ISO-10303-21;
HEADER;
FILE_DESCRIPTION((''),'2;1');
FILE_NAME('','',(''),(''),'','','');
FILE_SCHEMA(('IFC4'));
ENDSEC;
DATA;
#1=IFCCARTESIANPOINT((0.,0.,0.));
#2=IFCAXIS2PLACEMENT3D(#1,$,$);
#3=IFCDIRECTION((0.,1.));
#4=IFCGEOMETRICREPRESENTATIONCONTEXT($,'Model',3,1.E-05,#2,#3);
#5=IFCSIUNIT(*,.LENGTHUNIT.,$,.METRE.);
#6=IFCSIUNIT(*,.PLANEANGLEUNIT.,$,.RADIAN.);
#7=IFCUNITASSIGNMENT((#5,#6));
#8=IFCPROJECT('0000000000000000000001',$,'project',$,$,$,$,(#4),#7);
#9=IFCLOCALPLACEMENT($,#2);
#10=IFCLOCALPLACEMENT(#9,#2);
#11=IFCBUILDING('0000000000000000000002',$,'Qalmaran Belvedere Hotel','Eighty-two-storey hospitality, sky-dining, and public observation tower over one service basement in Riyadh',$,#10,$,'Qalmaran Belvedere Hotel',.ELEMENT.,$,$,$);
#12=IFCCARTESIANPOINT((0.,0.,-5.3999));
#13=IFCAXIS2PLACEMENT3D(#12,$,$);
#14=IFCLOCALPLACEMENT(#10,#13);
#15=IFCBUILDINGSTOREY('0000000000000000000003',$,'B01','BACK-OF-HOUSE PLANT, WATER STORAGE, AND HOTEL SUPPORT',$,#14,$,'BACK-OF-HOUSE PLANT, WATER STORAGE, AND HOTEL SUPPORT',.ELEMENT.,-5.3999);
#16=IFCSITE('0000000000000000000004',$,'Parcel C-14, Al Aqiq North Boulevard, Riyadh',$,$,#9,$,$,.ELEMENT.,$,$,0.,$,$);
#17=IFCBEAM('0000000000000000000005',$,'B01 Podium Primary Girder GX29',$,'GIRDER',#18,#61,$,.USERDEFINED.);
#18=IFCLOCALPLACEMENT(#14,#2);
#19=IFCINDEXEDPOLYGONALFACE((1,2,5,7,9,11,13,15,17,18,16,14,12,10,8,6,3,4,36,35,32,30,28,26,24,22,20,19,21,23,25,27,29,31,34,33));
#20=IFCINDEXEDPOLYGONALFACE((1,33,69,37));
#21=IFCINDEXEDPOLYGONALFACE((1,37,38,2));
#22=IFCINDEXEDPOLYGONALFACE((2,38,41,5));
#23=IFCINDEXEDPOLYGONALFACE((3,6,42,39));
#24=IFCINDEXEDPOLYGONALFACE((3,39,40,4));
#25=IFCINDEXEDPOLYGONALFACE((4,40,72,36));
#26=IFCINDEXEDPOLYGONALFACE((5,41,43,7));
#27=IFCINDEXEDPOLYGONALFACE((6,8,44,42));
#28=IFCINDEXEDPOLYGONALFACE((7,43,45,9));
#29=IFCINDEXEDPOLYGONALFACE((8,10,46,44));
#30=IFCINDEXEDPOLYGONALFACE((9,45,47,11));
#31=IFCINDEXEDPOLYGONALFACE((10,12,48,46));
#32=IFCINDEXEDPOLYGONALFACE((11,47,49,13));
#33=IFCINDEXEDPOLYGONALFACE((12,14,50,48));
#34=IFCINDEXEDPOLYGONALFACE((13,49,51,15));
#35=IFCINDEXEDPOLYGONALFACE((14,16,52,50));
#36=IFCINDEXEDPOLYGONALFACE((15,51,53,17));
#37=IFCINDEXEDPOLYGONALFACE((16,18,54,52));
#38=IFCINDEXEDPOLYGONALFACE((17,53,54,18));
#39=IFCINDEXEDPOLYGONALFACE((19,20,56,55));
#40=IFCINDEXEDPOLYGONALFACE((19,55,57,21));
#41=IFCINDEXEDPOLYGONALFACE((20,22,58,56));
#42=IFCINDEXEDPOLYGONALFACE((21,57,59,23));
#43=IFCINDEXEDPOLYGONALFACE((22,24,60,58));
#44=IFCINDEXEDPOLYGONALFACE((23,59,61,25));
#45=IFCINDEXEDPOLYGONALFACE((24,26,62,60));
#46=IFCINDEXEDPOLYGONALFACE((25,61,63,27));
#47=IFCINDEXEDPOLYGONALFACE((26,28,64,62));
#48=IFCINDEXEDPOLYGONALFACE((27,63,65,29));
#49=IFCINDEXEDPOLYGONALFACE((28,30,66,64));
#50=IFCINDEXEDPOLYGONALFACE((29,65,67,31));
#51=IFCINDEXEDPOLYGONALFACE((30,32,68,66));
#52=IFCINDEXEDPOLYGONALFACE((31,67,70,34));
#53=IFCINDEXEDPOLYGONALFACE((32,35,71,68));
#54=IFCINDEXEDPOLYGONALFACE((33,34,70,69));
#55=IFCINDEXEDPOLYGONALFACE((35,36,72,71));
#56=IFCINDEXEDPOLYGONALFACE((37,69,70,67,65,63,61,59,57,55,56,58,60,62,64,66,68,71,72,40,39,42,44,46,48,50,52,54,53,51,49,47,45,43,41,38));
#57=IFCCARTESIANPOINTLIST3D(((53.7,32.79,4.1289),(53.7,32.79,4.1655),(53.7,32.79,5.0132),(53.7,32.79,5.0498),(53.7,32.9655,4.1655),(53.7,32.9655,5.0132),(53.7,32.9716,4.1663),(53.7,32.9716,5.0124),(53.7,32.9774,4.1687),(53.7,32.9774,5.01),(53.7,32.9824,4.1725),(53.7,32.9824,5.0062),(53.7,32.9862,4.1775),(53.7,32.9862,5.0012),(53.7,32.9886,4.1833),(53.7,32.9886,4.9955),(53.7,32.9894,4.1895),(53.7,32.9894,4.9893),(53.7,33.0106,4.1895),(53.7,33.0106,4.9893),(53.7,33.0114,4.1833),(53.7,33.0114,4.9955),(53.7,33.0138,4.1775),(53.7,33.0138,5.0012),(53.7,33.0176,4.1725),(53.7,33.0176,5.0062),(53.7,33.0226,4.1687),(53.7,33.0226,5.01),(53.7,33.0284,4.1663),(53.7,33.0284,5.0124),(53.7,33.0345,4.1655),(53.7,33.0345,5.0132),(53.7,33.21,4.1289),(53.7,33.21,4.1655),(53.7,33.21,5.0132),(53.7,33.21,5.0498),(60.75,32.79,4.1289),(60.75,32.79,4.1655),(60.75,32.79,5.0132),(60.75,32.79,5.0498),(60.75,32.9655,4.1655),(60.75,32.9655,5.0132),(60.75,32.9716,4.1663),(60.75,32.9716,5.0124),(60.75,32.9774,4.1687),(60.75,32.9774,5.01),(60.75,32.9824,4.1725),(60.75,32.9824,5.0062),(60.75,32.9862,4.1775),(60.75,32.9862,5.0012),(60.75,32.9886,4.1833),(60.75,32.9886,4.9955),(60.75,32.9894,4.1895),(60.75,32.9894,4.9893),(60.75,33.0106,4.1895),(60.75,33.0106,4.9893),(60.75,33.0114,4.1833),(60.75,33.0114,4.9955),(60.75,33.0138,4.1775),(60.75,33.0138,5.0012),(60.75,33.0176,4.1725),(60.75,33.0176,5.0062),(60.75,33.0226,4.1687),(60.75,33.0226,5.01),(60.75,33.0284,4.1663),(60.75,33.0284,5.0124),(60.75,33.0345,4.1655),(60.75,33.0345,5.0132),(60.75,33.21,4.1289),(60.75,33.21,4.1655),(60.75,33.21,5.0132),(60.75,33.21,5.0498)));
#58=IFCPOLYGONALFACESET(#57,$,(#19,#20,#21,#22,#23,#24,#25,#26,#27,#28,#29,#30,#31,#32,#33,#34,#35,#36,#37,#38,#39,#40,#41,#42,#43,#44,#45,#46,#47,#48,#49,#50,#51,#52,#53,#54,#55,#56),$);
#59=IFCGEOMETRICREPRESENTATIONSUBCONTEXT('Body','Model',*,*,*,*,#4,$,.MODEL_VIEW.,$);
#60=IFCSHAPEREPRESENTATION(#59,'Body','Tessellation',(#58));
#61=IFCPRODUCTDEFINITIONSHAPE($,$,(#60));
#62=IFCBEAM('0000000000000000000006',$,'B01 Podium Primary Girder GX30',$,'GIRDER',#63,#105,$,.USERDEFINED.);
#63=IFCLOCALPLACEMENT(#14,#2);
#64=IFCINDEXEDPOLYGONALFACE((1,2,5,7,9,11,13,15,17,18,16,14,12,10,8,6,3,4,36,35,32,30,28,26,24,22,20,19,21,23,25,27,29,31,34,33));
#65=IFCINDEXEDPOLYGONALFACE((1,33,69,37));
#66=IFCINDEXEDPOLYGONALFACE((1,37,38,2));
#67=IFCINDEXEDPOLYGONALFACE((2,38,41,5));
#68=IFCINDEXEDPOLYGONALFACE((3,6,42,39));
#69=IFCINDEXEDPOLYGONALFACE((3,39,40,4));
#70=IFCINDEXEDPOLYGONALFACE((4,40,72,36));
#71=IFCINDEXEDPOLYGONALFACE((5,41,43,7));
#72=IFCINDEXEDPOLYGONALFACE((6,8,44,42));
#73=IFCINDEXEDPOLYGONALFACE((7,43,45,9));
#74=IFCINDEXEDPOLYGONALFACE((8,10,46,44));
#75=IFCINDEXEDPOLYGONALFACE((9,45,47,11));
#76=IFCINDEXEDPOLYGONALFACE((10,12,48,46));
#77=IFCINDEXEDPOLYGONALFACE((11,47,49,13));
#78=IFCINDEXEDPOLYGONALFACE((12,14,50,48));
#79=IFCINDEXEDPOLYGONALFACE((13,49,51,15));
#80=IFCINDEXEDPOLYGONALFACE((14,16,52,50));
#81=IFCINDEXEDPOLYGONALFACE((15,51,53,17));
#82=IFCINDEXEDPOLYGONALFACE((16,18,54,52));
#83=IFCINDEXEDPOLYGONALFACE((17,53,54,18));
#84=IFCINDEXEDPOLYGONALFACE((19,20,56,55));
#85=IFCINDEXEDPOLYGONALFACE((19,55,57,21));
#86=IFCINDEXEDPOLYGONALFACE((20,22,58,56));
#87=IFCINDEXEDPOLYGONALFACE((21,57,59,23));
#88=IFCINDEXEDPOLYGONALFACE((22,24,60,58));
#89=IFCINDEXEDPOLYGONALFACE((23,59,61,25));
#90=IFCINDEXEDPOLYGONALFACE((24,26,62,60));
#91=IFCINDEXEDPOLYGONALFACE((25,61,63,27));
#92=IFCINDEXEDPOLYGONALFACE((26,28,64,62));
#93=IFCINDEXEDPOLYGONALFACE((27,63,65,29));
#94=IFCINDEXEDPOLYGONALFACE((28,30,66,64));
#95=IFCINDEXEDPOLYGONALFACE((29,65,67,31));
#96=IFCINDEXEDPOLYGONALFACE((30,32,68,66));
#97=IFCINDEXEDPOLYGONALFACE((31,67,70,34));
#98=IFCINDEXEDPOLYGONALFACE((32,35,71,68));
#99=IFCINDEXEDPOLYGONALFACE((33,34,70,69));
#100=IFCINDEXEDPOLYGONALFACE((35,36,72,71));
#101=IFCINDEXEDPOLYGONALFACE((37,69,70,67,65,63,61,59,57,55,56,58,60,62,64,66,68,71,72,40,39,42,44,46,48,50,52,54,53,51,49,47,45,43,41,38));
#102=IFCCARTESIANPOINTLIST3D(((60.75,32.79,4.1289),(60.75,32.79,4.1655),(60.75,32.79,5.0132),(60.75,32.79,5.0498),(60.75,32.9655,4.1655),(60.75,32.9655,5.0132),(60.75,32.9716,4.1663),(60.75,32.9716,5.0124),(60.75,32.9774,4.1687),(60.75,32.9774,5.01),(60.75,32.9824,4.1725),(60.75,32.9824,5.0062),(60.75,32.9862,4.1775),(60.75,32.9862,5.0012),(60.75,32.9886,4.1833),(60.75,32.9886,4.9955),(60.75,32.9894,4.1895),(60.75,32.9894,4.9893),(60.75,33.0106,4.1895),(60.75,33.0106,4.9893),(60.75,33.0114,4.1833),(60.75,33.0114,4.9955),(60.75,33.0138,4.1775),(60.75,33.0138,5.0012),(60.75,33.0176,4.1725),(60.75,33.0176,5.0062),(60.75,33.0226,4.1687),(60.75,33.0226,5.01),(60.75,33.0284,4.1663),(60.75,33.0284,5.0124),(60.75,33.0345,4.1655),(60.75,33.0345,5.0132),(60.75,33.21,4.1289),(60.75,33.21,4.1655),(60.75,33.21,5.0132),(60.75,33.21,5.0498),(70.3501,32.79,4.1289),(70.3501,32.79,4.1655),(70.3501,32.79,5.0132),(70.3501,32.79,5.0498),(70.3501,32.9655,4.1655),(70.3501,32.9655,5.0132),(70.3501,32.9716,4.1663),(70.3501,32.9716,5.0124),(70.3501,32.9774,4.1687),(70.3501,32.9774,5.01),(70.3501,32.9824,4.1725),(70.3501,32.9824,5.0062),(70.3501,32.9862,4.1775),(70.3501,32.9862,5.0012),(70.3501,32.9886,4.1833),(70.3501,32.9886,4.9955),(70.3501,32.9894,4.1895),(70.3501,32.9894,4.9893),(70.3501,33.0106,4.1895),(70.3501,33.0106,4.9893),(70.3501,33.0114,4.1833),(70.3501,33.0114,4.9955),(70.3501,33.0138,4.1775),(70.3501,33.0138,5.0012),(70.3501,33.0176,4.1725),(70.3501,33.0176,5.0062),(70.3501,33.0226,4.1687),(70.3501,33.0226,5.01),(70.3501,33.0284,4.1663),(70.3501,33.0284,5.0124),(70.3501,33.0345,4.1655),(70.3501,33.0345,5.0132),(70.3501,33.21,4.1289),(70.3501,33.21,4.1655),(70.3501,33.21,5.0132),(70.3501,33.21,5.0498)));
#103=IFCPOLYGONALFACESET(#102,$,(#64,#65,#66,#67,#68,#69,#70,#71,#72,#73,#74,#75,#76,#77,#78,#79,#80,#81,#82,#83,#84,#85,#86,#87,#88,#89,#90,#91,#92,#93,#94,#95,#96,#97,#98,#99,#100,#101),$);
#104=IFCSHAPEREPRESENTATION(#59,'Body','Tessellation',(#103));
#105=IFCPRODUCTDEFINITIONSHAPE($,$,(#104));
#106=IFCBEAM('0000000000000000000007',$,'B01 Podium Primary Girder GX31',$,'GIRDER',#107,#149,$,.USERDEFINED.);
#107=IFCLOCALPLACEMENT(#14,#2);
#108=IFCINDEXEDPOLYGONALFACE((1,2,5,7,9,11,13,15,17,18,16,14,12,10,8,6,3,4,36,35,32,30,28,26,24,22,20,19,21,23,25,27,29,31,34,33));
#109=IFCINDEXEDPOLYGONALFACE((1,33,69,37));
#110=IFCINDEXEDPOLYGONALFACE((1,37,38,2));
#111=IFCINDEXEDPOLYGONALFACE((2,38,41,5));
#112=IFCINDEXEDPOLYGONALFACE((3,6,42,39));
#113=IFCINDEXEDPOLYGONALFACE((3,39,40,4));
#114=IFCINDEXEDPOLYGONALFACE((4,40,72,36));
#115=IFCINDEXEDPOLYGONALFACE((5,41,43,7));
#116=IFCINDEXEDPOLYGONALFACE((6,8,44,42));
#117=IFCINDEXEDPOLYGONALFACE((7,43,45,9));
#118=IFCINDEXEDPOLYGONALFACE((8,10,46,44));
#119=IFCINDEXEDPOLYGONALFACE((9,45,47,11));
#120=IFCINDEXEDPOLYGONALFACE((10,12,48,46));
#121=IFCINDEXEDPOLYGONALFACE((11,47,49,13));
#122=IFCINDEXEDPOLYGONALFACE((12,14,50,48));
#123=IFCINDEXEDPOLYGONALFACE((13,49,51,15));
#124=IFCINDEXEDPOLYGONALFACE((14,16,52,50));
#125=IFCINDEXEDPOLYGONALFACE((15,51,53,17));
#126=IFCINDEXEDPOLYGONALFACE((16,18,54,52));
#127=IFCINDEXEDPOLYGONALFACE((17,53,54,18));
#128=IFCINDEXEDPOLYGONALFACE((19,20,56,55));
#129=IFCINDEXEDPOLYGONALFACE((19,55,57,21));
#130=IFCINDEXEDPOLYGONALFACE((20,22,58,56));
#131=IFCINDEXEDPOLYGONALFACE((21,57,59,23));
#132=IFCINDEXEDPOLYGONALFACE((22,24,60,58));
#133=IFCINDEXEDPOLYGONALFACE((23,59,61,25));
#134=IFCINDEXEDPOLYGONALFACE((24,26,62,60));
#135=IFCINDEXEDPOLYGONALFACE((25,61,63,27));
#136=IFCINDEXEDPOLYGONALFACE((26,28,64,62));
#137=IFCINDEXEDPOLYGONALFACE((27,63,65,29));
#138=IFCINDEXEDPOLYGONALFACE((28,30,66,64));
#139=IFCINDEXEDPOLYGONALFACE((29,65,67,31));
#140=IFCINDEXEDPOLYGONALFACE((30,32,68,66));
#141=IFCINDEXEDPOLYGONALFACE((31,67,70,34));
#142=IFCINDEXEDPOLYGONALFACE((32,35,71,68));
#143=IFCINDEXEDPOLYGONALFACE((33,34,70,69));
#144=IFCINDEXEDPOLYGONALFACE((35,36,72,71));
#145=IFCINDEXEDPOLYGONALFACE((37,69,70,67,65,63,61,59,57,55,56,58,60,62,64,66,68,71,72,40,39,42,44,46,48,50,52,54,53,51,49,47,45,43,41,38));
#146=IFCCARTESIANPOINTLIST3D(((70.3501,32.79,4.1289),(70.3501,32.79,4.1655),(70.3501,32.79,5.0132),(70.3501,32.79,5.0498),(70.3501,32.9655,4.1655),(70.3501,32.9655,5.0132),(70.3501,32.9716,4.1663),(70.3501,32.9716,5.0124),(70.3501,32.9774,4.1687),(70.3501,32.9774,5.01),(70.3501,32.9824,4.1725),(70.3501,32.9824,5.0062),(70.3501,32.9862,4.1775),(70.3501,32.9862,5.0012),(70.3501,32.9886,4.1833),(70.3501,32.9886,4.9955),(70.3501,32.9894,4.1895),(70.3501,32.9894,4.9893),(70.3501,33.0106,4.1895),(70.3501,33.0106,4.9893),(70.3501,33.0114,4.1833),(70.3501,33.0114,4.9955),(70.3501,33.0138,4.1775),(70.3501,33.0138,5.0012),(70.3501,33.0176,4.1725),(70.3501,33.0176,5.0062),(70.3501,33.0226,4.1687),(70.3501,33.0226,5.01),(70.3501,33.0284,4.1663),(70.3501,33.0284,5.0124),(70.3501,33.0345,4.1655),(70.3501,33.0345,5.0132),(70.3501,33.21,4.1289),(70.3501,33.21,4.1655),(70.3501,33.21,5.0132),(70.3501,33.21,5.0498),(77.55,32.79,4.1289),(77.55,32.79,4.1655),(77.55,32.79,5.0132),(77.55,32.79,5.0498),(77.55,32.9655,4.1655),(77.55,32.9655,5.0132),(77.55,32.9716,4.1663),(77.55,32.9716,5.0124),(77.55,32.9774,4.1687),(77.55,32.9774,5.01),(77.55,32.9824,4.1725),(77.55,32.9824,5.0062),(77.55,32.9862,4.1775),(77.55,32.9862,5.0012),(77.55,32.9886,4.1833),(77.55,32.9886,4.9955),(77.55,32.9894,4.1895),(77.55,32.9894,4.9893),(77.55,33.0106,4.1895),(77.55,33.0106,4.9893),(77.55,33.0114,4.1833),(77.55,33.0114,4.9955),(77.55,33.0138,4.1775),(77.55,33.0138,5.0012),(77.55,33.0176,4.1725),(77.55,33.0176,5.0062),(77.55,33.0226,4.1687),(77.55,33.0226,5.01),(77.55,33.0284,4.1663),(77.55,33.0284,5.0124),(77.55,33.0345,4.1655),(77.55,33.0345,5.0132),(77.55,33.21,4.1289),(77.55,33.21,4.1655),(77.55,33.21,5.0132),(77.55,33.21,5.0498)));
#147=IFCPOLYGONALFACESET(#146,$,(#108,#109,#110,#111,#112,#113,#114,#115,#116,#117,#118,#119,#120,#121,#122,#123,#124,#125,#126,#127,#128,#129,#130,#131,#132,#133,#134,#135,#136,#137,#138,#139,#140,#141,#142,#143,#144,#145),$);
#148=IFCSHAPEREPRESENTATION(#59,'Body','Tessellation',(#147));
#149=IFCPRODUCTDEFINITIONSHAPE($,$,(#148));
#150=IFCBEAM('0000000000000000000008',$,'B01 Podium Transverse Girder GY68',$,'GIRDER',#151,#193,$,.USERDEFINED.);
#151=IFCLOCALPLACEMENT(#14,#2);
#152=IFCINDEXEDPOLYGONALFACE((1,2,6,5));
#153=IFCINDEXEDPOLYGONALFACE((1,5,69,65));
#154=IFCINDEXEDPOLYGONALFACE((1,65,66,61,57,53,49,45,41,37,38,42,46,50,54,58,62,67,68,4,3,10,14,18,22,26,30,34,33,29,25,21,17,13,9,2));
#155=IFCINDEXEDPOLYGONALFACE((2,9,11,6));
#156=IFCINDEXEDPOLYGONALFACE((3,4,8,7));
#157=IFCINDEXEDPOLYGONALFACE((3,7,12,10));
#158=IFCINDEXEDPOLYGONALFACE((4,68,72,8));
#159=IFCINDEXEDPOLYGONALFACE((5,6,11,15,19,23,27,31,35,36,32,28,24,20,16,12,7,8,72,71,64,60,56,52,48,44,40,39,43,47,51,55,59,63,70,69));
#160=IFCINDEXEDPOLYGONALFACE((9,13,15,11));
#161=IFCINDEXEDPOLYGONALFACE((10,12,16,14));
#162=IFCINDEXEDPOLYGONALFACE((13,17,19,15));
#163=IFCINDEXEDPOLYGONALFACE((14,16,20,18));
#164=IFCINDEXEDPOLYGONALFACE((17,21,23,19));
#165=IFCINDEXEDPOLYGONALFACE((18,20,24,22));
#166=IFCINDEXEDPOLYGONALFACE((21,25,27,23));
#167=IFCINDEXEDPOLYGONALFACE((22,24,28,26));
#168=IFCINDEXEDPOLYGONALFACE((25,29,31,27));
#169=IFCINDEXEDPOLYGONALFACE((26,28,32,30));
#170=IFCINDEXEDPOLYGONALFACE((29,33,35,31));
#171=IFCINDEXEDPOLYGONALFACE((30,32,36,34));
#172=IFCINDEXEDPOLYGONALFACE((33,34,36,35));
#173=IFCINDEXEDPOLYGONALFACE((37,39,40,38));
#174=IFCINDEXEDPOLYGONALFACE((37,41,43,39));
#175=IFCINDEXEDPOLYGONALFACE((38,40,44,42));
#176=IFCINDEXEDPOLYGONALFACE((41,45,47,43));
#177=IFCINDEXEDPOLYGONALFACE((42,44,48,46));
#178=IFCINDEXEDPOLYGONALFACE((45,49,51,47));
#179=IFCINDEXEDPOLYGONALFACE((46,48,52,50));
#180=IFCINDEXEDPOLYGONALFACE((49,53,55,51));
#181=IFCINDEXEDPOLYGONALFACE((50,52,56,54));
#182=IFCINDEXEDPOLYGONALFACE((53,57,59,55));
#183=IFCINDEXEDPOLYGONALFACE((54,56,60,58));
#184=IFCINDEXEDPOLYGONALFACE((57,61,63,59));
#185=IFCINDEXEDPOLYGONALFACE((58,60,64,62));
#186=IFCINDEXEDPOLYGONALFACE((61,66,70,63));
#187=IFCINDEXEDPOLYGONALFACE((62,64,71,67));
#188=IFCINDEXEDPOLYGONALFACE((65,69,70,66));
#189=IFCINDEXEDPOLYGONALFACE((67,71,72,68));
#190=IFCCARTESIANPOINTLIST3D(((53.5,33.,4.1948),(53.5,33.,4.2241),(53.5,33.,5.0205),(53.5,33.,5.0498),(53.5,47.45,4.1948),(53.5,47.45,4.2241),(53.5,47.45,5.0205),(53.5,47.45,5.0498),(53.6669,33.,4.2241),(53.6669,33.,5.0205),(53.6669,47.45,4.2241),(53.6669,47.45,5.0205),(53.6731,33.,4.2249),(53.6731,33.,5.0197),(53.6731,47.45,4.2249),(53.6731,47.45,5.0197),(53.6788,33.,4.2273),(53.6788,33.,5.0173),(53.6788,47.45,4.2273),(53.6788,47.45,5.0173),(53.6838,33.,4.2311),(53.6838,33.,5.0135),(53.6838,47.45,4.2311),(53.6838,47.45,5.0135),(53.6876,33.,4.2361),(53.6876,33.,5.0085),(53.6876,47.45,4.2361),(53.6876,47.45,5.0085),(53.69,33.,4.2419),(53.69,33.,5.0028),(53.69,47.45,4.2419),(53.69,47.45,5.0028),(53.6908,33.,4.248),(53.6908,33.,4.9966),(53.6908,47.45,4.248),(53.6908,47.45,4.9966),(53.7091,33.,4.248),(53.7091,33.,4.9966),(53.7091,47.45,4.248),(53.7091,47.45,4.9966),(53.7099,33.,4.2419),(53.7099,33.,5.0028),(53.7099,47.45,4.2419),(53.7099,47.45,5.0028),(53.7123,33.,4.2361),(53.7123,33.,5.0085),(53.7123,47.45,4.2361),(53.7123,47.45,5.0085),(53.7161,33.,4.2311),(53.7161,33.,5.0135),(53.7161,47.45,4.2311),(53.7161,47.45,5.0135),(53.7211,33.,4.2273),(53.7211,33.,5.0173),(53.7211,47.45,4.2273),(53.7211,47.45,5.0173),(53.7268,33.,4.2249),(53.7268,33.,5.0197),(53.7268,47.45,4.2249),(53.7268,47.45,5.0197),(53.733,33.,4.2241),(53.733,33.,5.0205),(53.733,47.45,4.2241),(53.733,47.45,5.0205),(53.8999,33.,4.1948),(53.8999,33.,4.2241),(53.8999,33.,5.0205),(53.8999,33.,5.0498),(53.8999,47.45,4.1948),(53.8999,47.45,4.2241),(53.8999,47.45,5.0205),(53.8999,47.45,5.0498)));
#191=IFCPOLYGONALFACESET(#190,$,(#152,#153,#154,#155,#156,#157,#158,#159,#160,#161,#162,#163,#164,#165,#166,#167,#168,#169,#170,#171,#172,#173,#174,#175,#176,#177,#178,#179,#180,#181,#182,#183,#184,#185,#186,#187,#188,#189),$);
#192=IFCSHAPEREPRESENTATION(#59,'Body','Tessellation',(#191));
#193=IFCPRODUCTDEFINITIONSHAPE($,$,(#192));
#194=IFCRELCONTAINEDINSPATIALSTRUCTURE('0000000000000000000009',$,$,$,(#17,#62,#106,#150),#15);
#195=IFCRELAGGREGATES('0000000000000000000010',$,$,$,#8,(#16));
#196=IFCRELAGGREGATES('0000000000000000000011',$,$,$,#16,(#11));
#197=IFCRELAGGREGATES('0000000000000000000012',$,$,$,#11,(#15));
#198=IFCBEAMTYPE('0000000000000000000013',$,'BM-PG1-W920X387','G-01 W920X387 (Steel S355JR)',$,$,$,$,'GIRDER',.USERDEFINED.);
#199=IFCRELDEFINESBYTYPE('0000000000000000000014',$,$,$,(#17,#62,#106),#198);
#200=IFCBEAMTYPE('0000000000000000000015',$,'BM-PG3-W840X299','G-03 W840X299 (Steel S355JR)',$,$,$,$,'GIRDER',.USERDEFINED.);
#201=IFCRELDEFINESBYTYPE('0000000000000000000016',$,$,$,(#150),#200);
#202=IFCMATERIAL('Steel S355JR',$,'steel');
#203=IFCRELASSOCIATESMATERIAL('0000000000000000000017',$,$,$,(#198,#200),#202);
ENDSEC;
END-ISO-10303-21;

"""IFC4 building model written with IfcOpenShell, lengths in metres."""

from ifc_helpers import new_model, si_unit, direction, frame, origin, origin_2d, place, context, subcontext, project, spatial, i_section, extrude, material, material_profile, profile_set, type_object, element, save


model = new_model("IFC4")

# Units and contexts
model_context = context("Model", 3, precision=1e-05, world=origin(), true_north=direction((0.0, 1.0)))
body_context = subcontext(model_context, "Body", "Model", "MODEL_VIEW")
ifc_project = project(units=[si_unit("LENGTHUNIT", "METRE"), si_unit("PLANEANGLEUNIT", "RADIAN")], contexts=[model_context])

# Site, building, storey
site_placement = place(None, origin())
site = spatial("IfcSite", under=ifc_project, at=site_placement, Name="Parcel C-14, Al Aqiq North Boulevard, Riyadh", CompositionType="ELEMENT", RefElevation=0.0)
building_placement = place(site_placement, origin())
building = spatial("IfcBuilding", under=site, at=building_placement, Name="Qalmaran Belvedere Hotel", Description="Eighty-two-storey hospitality, sky-dining, and public observation tower over one service basement in Riyadh", LongName="Qalmaran Belvedere Hotel", CompositionType="ELEMENT")
storey_placement = place(building_placement, frame((0.0, 0.0, -5.3999)))
storey = spatial("IfcBuildingStorey", under=building, at=storey_placement, Name="B01", Description="BACK-OF-HOUSE PLANT, WATER STORAGE, AND HOTEL SUPPORT", LongName="BACK-OF-HOUSE PLANT, WATER STORAGE, AND HOTEL SUPPORT", CompositionType="ELEMENT", Elevation=-5.3999)

# Beams
ifc_material_1 = material(Name="Steel S355JR", Category="steel")
ifc_material_profile_1 = material_profile(ifc_material_1, i_section(OverallWidth=0.4199, OverallDepth=0.9209, WebThickness=0.0212, FlangeThickness=0.0366, FilletRadius=0.0239, at=origin_2d()), Name="W920X387")
ifc_profile_set_1 = profile_set([ifc_material_profile_1], Name="Steel S355JR")
beam_type_1 = type_object("IfcBeamType", Name="BM-PG1-W920X387", Description="G-01 W920X387 (Steel S355JR)", ElementType="GIRDER", PredefinedType="USERDEFINED", material=ifc_profile_set_1)
beam_1_placement = place(storey_placement, frame((53.7, 33.0, 4.5894), z_axis=(1.0, 0.0, 0.0), x_axis=(0.0, 1.0, 0.0)))
element("IfcBeam", 1, at=beam_1_placement, inside=storey, type_object=beam_type_1, Name="B01 Podium Primary Girder GX29", ObjectType="GIRDER", PredefinedType="USERDEFINED", context=body_context, shape_type="SweptSolid", body=[
    extrude(i_section(OverallWidth=0.4199, OverallDepth=0.9209, WebThickness=0.0212, FlangeThickness=0.0366, FilletRadius=0.0239, at=origin_2d()), origin(), (0.0, 0.0, 1.0), 7.05),
])
beam_2_placement = place(storey_placement, frame((60.75, 33.0, 4.5894), z_axis=(1.0, 0.0, 0.0), x_axis=(0.0, 1.0, 0.0)))
element("IfcBeam", 2, at=beam_2_placement, inside=storey, type_object=beam_type_1, Name="B01 Podium Primary Girder GX30", ObjectType="GIRDER", PredefinedType="USERDEFINED", context=body_context, shape_type="SweptSolid", body=[
    extrude(i_section(OverallWidth=0.4199, OverallDepth=0.9209, WebThickness=0.0212, FlangeThickness=0.0366, FilletRadius=0.0239, at=origin_2d()), origin(), (0.0, 0.0, 1.0), 9.6001),
])
beam_3_placement = place(storey_placement, frame((70.3501, 33.0, 4.5894), z_axis=(1.0, 0.0, 0.0), x_axis=(0.0, 1.0, 0.0)))
element("IfcBeam", 3, at=beam_3_placement, inside=storey, type_object=beam_type_1, Name="B01 Podium Primary Girder GX31", ObjectType="GIRDER", PredefinedType="USERDEFINED", context=body_context, shape_type="SweptSolid", body=[
    extrude(i_section(OverallWidth=0.4199, OverallDepth=0.9209, WebThickness=0.0212, FlangeThickness=0.0366, FilletRadius=0.0239, at=origin_2d()), origin(), (0.0, 0.0, 1.0), 7.2),
])
ifc_material_profile_2 = material_profile(ifc_material_1, i_section(OverallWidth=0.3999, OverallDepth=0.855, WebThickness=0.0183, FlangeThickness=0.0293, FilletRadius=0.0239, at=origin_2d()), Name="W840X299")
ifc_profile_set_2 = profile_set([ifc_material_profile_2], Name="Steel S355JR")
beam_type_2 = type_object("IfcBeamType", Name="BM-PG3-W840X299", Description="G-03 W840X299 (Steel S355JR)", ElementType="GIRDER", PredefinedType="USERDEFINED", material=ifc_profile_set_2)
beam_4_placement = place(storey_placement, frame((53.7, 33.0, 4.6223), z_axis=(0.0, 1.0, 0.0), x_axis=(-1.0, 0.0, 0.0)))
element("IfcBeam", 4, at=beam_4_placement, inside=storey, type_object=beam_type_2, Name="B01 Podium Transverse Girder GY68", ObjectType="GIRDER", PredefinedType="USERDEFINED", context=body_context, shape_type="SweptSolid", body=[
    extrude(i_section(OverallWidth=0.3999, OverallDepth=0.855, WebThickness=0.0183, FlangeThickness=0.0293, FilletRadius=0.0239, at=origin_2d()), origin(), (0.0, 0.0, 1.0), 14.45),
])

save(model, "model.ifc")
